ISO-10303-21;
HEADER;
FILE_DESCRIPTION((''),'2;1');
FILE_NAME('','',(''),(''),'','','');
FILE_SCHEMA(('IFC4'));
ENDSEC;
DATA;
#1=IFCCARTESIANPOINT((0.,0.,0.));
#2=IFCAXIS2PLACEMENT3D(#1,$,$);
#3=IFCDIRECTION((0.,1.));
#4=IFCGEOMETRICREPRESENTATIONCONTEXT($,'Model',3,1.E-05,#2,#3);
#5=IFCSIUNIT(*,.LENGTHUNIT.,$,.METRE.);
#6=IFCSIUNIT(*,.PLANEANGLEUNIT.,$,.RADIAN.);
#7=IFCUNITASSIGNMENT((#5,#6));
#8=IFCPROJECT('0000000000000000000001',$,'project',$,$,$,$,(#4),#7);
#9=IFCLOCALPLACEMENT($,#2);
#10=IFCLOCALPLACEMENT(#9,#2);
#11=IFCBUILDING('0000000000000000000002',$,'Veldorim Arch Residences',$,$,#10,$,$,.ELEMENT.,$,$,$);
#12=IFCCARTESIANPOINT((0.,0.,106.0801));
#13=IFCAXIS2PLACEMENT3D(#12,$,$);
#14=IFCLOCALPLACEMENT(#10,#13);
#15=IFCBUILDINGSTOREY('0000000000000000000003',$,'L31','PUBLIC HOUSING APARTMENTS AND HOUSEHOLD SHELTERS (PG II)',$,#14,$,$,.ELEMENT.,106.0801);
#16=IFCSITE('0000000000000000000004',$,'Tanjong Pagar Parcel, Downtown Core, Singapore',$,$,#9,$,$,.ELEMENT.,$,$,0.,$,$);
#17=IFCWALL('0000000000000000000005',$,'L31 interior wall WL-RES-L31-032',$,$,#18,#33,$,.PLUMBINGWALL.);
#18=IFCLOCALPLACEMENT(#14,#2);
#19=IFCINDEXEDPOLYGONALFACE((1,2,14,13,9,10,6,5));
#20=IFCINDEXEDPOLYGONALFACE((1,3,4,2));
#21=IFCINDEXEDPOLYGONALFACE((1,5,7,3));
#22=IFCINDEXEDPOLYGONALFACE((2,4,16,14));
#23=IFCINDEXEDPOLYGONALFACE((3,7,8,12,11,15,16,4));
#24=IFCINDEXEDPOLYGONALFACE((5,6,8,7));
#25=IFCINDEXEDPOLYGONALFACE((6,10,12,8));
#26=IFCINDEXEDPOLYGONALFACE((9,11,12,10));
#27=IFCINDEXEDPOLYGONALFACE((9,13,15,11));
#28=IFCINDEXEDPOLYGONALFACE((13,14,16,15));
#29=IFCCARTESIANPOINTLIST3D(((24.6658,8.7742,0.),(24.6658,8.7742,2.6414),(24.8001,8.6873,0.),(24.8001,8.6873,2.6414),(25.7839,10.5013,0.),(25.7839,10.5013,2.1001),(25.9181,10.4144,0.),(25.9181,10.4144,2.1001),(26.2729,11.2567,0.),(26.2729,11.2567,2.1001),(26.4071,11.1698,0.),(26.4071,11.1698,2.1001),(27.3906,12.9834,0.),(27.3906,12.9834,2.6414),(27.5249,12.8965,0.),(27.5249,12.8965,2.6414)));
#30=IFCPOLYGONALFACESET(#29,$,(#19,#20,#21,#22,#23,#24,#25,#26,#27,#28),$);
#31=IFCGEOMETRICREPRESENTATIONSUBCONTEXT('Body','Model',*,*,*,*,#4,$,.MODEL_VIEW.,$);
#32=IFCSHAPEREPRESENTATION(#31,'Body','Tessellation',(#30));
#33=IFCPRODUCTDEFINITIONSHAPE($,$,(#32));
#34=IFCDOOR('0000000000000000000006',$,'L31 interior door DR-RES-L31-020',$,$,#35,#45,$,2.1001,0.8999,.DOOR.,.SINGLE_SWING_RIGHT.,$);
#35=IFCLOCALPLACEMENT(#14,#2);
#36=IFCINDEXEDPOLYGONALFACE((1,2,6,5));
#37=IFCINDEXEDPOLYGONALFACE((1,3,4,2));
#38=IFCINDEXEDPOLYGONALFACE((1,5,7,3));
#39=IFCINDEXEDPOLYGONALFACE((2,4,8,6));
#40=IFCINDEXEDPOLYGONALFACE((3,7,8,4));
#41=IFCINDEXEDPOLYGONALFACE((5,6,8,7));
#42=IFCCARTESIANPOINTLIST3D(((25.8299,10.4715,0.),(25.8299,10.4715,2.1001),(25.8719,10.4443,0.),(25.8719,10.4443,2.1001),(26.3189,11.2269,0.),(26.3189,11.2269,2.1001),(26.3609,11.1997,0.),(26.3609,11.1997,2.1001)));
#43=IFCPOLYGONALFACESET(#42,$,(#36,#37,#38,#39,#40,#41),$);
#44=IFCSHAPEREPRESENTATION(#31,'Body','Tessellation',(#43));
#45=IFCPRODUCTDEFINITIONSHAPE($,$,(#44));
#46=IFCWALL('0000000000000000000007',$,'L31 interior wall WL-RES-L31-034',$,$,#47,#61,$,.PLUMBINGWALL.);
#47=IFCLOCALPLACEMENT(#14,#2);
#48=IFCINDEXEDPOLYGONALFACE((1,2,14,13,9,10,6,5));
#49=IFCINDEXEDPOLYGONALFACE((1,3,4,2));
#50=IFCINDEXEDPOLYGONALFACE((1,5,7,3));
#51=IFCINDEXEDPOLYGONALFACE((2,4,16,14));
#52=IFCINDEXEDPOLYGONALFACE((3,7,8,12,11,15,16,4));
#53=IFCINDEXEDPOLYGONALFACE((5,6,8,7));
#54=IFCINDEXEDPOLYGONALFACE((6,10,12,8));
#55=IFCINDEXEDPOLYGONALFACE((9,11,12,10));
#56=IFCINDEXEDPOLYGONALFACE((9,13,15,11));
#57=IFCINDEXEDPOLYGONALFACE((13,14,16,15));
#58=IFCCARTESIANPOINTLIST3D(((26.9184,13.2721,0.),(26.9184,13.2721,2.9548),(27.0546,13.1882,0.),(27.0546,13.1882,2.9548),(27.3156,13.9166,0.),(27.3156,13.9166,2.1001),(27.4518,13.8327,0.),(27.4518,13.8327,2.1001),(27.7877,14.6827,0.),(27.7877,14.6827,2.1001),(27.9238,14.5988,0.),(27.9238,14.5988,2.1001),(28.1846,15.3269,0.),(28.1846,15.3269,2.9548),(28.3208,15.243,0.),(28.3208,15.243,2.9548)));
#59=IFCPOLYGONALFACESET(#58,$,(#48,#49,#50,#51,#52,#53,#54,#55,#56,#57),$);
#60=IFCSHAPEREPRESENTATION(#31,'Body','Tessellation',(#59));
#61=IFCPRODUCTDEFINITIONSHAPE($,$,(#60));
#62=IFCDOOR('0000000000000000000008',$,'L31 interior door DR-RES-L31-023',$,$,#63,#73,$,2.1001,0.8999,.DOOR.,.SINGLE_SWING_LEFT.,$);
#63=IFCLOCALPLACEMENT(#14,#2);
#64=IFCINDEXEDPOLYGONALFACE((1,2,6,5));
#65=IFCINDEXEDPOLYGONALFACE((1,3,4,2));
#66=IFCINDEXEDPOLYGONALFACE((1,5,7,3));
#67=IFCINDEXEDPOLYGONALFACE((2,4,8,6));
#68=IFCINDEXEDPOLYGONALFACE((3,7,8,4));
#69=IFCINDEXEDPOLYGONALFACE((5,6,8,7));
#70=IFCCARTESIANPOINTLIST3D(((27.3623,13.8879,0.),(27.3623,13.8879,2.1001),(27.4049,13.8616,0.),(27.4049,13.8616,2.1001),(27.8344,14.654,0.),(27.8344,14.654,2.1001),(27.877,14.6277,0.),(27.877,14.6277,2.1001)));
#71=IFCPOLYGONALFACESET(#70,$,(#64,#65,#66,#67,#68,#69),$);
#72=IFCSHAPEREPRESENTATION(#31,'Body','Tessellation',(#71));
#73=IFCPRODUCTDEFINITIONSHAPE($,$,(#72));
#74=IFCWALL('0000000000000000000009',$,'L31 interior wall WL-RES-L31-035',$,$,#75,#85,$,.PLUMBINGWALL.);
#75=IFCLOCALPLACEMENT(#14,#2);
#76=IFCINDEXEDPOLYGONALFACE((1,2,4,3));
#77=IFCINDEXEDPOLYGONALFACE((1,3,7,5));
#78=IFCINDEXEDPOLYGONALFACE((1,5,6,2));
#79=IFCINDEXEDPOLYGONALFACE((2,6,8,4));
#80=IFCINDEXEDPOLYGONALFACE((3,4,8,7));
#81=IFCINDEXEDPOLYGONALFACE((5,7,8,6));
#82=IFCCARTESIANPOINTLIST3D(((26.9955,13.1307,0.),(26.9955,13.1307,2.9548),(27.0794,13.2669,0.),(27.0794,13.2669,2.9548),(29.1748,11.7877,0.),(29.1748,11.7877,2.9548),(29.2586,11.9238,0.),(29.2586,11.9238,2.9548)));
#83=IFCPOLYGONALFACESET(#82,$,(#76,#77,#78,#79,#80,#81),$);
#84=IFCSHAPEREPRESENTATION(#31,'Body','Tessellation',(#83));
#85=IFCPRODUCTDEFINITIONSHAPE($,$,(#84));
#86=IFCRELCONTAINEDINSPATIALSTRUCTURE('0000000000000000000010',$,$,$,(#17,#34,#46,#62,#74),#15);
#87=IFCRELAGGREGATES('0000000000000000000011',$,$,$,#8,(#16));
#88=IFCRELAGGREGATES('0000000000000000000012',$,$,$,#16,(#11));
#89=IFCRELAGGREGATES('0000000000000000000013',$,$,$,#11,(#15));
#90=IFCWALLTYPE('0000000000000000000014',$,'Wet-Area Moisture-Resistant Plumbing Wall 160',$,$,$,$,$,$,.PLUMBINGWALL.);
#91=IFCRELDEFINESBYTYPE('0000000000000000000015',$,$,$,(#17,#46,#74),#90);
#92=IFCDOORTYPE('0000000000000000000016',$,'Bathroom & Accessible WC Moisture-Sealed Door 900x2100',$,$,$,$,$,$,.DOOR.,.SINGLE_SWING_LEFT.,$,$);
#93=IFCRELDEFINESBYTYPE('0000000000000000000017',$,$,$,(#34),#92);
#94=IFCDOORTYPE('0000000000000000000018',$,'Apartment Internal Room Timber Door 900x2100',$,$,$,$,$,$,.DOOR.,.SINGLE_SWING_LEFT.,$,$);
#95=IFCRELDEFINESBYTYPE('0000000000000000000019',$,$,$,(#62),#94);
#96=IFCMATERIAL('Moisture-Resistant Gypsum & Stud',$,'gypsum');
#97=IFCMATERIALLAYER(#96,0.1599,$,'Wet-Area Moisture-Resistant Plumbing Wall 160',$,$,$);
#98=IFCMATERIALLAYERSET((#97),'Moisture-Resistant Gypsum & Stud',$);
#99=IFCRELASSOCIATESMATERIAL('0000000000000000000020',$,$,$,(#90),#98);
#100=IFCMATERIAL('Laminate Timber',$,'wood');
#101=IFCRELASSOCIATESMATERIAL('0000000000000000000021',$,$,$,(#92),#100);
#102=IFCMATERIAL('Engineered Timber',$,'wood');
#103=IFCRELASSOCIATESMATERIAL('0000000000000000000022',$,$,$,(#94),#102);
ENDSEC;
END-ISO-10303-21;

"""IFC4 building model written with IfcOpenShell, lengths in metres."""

from ifc_helpers import new_model, si_unit, direction, frame, frame_2d, origin, place, context, subcontext, project, spatial, rectangle, extrude, material, layer, layer_set, type_object, element, fill, save


model = new_model("IFC4")

# Units and contexts
model_context = context("Model", 3, precision=1e-05, world=origin(), true_north=direction((0.0, 1.0)))
body_context = subcontext(model_context, "Body", "Model", "MODEL_VIEW")
ifc_project = project(units=[si_unit("LENGTHUNIT", "METRE"), si_unit("PLANEANGLEUNIT", "RADIAN")], contexts=[model_context])

# Site, building, storey
site_placement = place(None, origin())
site = spatial("IfcSite", under=ifc_project, at=site_placement, Name="Tanjong Pagar Parcel, Downtown Core, Singapore", CompositionType="ELEMENT", RefElevation=0.0)
building_placement = place(site_placement, origin())
building = spatial("IfcBuilding", under=site, at=building_placement, Name="Veldorim Arch Residences", CompositionType="ELEMENT")
storey_placement = place(building_placement, frame((0.0, 0.0, 106.0801)))
storey = spatial("IfcBuildingStorey", under=building, at=storey_placement, Name="L31", Description="PUBLIC HOUSING APARTMENTS AND HOUSEHOLD SHELTERS (PG II)", CompositionType="ELEMENT", Elevation=106.0801)

# Walls, openings, doors
ifc_material_1 = material(Name="Moisture-Resistant Gypsum & Stud", Category="gypsum")
ifc_layer_1 = layer(ifc_material_1, 0.1599, Name="Wet-Area Moisture-Resistant Plumbing Wall 160")
ifc_layer_set_1 = layer_set([ifc_layer_1], Name="Moisture-Resistant Gypsum & Stud")
wall_type_1 = type_object("IfcWallType", Name="Wet-Area Moisture-Resistant Plumbing Wall 160", PredefinedType="PLUMBINGWALL", material=ifc_layer_set_1)
wall_1_placement = place(storey_placement, frame((27.4578, 12.9399, 0.0), z_axis=(0.0, 0.0, 1.0), x_axis=(-0.543425, -0.839458, 0.0)))
wall_1 = element("IfcWall", 1, at=wall_1_placement, inside=storey, type_object=wall_type_1, Name="L31 interior wall WL-RES-L31-032", PredefinedType="PLUMBINGWALL", context=body_context, shape_type="SweptSolid", body=[
    extrude(rectangle(XDim=5.0142, YDim=0.1599, at=frame_2d((2.5071, 0.0))), origin(), (0.0, 0.0, 1.0), 2.6414),
])
opening_1_placement = place(wall_1_placement, frame((2.0569, 0.0, 0.0)))
opening_1 = element("IfcOpeningElement", 2, at=opening_1_placement, cuts=wall_1, PredefinedType="OPENING", context=body_context, shape_type="SweptSolid", body=[
    extrude(rectangle(XDim=0.8999, YDim=2.1001, at=frame_2d((0.45, 1.05))), frame((0.0, 0.0898, 0.0), z_axis=(0.0, -1.0, 0.0), x_axis=(1.0, 0.0, 0.0)), (0.0, 0.0, 1.0), 0.1799),
])
ifc_material_2 = material(Name="Laminate Timber", Category="wood")
door_type_1 = type_object("IfcDoorType", Name="Bathroom & Accessible WC Moisture-Sealed Door 900x2100", OperationType="SINGLE_SWING_LEFT", PredefinedType="DOOR", material=ifc_material_2)
door_1_placement = place(opening_1_placement, origin())
door_1 = element("IfcDoor", 3, at=door_1_placement, inside=storey, type_object=door_type_1, Name="L31 interior door DR-RES-L31-020", OperationType="SINGLE_SWING_RIGHT", OverallHeight=2.1001, OverallWidth=0.8999, PredefinedType="DOOR", context=body_context, shape_type="SweptSolid", body=[
    extrude(rectangle(XDim=0.8999, YDim=2.1001, at=frame_2d((0.45, 1.05))), frame((0.0, 0.0249, 0.0), z_axis=(0.0, -1.0, 0.0), x_axis=(1.0, 0.0, 0.0)), (0.0, 0.0, 1.0), 0.05),
])
fill(opening_1, door_1)
wall_2_placement = place(storey_placement, frame((28.2527, 15.2849, 0.0), z_axis=(0.0, 0.0, 1.0), x_axis=(-0.524605, -0.851346, 0.0)))
wall_2 = element("IfcWall", 4, at=wall_2_placement, inside=storey, type_object=wall_type_1, Name="L31 interior wall WL-RES-L31-034", PredefinedType="PLUMBINGWALL", context=body_context, shape_type="SweptSolid", body=[
    extrude(rectangle(XDim=2.4136, YDim=0.1599, at=frame_2d((1.2068, 0.0))), origin(), (0.0, 0.0, 1.0), 2.9548),
])
opening_2_placement = place(wall_2_placement, frame((0.7566, 0.0, 0.0)))
opening_2 = element("IfcOpeningElement", 5, at=opening_2_placement, cuts=wall_2, PredefinedType="OPENING", context=body_context, shape_type="SweptSolid", body=[
    extrude(rectangle(XDim=0.8999, YDim=2.1001, at=frame_2d((0.45, 1.05))), frame((0.0, 0.0898, 0.0), z_axis=(0.0, -1.0, 0.0), x_axis=(1.0, 0.0, 0.0)), (0.0, 0.0, 1.0), 0.1799),
])
ifc_material_3 = material(Name="Engineered Timber", Category="wood")
door_type_2 = type_object("IfcDoorType", Name="Apartment Internal Room Timber Door 900x2100", OperationType="SINGLE_SWING_LEFT", PredefinedType="DOOR", material=ifc_material_3)
door_2_placement = place(opening_2_placement, origin())
door_2 = element("IfcDoor", 6, at=door_2_placement, inside=storey, type_object=door_type_2, Name="L31 interior door DR-RES-L31-023", OperationType="SINGLE_SWING_LEFT", OverallHeight=2.1001, OverallWidth=0.8999, PredefinedType="DOOR", context=body_context, shape_type="SweptSolid", body=[
    extrude(rectangle(XDim=0.8999, YDim=2.1001, at=frame_2d((0.45, 1.05))), frame((0.0, 0.0249, 0.0), z_axis=(0.0, -1.0, 0.0), x_axis=(1.0, 0.0, 0.0)), (0.0, 0.0, 1.0), 0.05),
])
fill(opening_2, door_2)

# Wall
wall_3_placement = place(storey_placement, frame((27.0376, 13.1987, 0.0), z_axis=(0.0, 0.0, 1.0), x_axis=(0.851314, -0.524656, 0.0)))
element("IfcWall", 7, at=wall_3_placement, inside=storey, type_object=wall_type_1, Name="L31 interior wall WL-RES-L31-035", PredefinedType="PLUMBINGWALL", context=body_context, shape_type="SweptSolid", body=[
    extrude(rectangle(XDim=2.5598, YDim=0.1599, at=frame_2d((1.2798, 0.0))), origin(), (0.0, 0.0, 1.0), 2.9548),
])

save(model, "model.ifc")
